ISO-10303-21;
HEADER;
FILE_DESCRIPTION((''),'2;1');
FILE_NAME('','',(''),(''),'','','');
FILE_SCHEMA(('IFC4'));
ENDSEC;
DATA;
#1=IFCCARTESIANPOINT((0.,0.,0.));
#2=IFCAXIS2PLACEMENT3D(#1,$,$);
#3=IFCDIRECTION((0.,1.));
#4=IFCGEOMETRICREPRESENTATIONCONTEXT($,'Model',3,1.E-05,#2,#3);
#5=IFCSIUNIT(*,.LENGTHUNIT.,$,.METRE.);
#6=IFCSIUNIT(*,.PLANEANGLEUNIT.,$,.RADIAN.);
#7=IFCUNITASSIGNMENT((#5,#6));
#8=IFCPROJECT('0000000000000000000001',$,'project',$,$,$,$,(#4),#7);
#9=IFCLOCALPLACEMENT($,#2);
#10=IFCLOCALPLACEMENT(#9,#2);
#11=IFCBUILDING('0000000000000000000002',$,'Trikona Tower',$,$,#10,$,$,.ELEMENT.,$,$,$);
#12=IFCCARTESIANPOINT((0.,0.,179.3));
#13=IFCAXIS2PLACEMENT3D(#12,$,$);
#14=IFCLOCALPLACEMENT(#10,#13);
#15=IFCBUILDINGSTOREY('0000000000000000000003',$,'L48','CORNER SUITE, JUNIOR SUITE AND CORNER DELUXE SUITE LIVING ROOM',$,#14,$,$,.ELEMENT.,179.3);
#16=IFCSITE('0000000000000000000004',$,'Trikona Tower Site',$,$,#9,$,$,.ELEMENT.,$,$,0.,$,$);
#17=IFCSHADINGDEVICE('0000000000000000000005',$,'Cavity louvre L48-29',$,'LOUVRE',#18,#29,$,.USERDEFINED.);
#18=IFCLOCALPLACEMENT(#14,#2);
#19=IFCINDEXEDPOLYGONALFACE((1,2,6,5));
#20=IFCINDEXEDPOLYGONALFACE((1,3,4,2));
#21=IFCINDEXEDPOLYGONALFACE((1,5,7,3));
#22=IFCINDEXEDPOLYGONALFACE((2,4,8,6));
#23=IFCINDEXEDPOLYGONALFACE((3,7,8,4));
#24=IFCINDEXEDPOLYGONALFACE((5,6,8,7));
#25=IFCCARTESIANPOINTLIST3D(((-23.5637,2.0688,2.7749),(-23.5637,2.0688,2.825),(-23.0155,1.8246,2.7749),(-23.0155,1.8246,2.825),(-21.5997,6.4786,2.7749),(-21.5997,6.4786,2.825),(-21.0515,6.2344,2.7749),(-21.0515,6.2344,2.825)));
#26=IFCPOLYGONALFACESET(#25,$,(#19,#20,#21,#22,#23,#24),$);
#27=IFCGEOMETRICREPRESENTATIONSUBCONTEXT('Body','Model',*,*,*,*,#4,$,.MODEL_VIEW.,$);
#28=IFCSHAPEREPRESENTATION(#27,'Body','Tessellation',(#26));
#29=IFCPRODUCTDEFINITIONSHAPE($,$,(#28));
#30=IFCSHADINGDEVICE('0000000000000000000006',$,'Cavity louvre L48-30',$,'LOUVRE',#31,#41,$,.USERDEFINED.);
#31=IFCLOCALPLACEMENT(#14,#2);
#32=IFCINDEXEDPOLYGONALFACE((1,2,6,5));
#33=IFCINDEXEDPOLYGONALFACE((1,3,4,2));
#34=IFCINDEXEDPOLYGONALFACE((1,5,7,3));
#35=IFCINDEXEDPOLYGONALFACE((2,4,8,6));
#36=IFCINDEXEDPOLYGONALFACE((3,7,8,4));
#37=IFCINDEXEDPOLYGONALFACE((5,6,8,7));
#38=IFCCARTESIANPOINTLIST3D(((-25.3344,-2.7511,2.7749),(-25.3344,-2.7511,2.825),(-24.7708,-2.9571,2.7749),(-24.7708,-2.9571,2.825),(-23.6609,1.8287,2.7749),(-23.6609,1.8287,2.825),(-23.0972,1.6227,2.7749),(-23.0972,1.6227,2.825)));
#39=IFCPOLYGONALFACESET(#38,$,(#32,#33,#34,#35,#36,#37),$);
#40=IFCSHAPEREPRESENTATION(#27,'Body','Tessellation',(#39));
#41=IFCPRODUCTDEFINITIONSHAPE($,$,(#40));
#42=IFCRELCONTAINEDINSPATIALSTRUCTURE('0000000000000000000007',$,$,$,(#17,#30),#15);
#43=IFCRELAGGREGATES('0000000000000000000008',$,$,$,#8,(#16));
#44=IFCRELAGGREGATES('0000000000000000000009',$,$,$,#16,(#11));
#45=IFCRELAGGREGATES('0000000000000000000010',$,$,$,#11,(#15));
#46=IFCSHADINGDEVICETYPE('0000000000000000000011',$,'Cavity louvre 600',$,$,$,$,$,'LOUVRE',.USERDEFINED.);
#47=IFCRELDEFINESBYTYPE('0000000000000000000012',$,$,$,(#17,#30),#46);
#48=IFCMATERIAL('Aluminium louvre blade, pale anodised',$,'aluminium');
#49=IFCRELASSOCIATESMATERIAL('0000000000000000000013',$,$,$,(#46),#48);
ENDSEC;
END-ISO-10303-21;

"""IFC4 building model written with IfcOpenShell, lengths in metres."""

from ifc_helpers import new_model, si_unit, direction, frame, origin, origin_2d, place, context, subcontext, project, spatial, rectangle, extrude, material, type_object, element, save


model = new_model("IFC4")

# Units and contexts
model_context = context("Model", 3, precision=1e-05, world=origin(), true_north=direction((0.0, 1.0)))
body_context = subcontext(model_context, "Body", "Model", "MODEL_VIEW")
ifc_project = project(units=[si_unit("LENGTHUNIT", "METRE"), si_unit("PLANEANGLEUNIT", "RADIAN")], contexts=[model_context])

# Site, building, storey
site_placement = place(None, origin())
site = spatial("IfcSite", under=ifc_project, at=site_placement, Name="Trikona Tower Site", CompositionType="ELEMENT", RefElevation=0.0)
building_placement = place(site_placement, origin())
building = spatial("IfcBuilding", under=site, at=building_placement, Name="Trikona Tower", CompositionType="ELEMENT")
storey_placement = place(building_placement, frame((0.0, 0.0, 179.3)))
storey = spatial("IfcBuildingStorey", under=building, at=storey_placement, Name="L48", Description="CORNER SUITE, JUNIOR SUITE AND CORNER DELUXE SUITE LIVING ROOM", CompositionType="ELEMENT", Elevation=179.3)

# Shading devices
ifc_material_1 = material(Name="Aluminium louvre blade, pale anodised", Category="aluminium")
shading_device_type = type_object("IfcShadingDeviceType", Name="Cavity louvre 600", ElementType="LOUVRE", PredefinedType="USERDEFINED", material=ifc_material_1)
shading_device_1_placement = place(storey_placement, frame((-22.3076, 4.1516, 2.7749), z_axis=(0.0, 0.0, 1.0), x_axis=(-0.406843, -0.913498, 0.0)))
element("IfcShadingDevice", 1, at=shading_device_1_placement, inside=storey, type_object=shading_device_type, Name="Cavity louvre L48-29", ObjectType="LOUVRE", PredefinedType="USERDEFINED", context=body_context, shape_type="SweptSolid", body=[
    extrude(rectangle(XDim=4.8274, YDim=0.6001, at=origin_2d()), origin(), (0.0, 0.0, 1.0), 0.05),
])
shading_device_2_placement = place(storey_placement, frame((-24.2158, -0.5642, 2.7749), z_axis=(0.0, 0.0, 1.0), x_axis=(-0.34322, -0.939255, 0.0)))
element("IfcShadingDevice", 2, at=shading_device_2_placement, inside=storey, type_object=shading_device_type, Name="Cavity louvre L48-30", ObjectType="LOUVRE", PredefinedType="USERDEFINED", context=body_context, shape_type="SweptSolid", body=[
    extrude(rectangle(XDim=4.876, YDim=0.6001, at=origin_2d()), origin(), (0.0, 0.0, 1.0), 0.05),
])

save(model, "model.ifc")
